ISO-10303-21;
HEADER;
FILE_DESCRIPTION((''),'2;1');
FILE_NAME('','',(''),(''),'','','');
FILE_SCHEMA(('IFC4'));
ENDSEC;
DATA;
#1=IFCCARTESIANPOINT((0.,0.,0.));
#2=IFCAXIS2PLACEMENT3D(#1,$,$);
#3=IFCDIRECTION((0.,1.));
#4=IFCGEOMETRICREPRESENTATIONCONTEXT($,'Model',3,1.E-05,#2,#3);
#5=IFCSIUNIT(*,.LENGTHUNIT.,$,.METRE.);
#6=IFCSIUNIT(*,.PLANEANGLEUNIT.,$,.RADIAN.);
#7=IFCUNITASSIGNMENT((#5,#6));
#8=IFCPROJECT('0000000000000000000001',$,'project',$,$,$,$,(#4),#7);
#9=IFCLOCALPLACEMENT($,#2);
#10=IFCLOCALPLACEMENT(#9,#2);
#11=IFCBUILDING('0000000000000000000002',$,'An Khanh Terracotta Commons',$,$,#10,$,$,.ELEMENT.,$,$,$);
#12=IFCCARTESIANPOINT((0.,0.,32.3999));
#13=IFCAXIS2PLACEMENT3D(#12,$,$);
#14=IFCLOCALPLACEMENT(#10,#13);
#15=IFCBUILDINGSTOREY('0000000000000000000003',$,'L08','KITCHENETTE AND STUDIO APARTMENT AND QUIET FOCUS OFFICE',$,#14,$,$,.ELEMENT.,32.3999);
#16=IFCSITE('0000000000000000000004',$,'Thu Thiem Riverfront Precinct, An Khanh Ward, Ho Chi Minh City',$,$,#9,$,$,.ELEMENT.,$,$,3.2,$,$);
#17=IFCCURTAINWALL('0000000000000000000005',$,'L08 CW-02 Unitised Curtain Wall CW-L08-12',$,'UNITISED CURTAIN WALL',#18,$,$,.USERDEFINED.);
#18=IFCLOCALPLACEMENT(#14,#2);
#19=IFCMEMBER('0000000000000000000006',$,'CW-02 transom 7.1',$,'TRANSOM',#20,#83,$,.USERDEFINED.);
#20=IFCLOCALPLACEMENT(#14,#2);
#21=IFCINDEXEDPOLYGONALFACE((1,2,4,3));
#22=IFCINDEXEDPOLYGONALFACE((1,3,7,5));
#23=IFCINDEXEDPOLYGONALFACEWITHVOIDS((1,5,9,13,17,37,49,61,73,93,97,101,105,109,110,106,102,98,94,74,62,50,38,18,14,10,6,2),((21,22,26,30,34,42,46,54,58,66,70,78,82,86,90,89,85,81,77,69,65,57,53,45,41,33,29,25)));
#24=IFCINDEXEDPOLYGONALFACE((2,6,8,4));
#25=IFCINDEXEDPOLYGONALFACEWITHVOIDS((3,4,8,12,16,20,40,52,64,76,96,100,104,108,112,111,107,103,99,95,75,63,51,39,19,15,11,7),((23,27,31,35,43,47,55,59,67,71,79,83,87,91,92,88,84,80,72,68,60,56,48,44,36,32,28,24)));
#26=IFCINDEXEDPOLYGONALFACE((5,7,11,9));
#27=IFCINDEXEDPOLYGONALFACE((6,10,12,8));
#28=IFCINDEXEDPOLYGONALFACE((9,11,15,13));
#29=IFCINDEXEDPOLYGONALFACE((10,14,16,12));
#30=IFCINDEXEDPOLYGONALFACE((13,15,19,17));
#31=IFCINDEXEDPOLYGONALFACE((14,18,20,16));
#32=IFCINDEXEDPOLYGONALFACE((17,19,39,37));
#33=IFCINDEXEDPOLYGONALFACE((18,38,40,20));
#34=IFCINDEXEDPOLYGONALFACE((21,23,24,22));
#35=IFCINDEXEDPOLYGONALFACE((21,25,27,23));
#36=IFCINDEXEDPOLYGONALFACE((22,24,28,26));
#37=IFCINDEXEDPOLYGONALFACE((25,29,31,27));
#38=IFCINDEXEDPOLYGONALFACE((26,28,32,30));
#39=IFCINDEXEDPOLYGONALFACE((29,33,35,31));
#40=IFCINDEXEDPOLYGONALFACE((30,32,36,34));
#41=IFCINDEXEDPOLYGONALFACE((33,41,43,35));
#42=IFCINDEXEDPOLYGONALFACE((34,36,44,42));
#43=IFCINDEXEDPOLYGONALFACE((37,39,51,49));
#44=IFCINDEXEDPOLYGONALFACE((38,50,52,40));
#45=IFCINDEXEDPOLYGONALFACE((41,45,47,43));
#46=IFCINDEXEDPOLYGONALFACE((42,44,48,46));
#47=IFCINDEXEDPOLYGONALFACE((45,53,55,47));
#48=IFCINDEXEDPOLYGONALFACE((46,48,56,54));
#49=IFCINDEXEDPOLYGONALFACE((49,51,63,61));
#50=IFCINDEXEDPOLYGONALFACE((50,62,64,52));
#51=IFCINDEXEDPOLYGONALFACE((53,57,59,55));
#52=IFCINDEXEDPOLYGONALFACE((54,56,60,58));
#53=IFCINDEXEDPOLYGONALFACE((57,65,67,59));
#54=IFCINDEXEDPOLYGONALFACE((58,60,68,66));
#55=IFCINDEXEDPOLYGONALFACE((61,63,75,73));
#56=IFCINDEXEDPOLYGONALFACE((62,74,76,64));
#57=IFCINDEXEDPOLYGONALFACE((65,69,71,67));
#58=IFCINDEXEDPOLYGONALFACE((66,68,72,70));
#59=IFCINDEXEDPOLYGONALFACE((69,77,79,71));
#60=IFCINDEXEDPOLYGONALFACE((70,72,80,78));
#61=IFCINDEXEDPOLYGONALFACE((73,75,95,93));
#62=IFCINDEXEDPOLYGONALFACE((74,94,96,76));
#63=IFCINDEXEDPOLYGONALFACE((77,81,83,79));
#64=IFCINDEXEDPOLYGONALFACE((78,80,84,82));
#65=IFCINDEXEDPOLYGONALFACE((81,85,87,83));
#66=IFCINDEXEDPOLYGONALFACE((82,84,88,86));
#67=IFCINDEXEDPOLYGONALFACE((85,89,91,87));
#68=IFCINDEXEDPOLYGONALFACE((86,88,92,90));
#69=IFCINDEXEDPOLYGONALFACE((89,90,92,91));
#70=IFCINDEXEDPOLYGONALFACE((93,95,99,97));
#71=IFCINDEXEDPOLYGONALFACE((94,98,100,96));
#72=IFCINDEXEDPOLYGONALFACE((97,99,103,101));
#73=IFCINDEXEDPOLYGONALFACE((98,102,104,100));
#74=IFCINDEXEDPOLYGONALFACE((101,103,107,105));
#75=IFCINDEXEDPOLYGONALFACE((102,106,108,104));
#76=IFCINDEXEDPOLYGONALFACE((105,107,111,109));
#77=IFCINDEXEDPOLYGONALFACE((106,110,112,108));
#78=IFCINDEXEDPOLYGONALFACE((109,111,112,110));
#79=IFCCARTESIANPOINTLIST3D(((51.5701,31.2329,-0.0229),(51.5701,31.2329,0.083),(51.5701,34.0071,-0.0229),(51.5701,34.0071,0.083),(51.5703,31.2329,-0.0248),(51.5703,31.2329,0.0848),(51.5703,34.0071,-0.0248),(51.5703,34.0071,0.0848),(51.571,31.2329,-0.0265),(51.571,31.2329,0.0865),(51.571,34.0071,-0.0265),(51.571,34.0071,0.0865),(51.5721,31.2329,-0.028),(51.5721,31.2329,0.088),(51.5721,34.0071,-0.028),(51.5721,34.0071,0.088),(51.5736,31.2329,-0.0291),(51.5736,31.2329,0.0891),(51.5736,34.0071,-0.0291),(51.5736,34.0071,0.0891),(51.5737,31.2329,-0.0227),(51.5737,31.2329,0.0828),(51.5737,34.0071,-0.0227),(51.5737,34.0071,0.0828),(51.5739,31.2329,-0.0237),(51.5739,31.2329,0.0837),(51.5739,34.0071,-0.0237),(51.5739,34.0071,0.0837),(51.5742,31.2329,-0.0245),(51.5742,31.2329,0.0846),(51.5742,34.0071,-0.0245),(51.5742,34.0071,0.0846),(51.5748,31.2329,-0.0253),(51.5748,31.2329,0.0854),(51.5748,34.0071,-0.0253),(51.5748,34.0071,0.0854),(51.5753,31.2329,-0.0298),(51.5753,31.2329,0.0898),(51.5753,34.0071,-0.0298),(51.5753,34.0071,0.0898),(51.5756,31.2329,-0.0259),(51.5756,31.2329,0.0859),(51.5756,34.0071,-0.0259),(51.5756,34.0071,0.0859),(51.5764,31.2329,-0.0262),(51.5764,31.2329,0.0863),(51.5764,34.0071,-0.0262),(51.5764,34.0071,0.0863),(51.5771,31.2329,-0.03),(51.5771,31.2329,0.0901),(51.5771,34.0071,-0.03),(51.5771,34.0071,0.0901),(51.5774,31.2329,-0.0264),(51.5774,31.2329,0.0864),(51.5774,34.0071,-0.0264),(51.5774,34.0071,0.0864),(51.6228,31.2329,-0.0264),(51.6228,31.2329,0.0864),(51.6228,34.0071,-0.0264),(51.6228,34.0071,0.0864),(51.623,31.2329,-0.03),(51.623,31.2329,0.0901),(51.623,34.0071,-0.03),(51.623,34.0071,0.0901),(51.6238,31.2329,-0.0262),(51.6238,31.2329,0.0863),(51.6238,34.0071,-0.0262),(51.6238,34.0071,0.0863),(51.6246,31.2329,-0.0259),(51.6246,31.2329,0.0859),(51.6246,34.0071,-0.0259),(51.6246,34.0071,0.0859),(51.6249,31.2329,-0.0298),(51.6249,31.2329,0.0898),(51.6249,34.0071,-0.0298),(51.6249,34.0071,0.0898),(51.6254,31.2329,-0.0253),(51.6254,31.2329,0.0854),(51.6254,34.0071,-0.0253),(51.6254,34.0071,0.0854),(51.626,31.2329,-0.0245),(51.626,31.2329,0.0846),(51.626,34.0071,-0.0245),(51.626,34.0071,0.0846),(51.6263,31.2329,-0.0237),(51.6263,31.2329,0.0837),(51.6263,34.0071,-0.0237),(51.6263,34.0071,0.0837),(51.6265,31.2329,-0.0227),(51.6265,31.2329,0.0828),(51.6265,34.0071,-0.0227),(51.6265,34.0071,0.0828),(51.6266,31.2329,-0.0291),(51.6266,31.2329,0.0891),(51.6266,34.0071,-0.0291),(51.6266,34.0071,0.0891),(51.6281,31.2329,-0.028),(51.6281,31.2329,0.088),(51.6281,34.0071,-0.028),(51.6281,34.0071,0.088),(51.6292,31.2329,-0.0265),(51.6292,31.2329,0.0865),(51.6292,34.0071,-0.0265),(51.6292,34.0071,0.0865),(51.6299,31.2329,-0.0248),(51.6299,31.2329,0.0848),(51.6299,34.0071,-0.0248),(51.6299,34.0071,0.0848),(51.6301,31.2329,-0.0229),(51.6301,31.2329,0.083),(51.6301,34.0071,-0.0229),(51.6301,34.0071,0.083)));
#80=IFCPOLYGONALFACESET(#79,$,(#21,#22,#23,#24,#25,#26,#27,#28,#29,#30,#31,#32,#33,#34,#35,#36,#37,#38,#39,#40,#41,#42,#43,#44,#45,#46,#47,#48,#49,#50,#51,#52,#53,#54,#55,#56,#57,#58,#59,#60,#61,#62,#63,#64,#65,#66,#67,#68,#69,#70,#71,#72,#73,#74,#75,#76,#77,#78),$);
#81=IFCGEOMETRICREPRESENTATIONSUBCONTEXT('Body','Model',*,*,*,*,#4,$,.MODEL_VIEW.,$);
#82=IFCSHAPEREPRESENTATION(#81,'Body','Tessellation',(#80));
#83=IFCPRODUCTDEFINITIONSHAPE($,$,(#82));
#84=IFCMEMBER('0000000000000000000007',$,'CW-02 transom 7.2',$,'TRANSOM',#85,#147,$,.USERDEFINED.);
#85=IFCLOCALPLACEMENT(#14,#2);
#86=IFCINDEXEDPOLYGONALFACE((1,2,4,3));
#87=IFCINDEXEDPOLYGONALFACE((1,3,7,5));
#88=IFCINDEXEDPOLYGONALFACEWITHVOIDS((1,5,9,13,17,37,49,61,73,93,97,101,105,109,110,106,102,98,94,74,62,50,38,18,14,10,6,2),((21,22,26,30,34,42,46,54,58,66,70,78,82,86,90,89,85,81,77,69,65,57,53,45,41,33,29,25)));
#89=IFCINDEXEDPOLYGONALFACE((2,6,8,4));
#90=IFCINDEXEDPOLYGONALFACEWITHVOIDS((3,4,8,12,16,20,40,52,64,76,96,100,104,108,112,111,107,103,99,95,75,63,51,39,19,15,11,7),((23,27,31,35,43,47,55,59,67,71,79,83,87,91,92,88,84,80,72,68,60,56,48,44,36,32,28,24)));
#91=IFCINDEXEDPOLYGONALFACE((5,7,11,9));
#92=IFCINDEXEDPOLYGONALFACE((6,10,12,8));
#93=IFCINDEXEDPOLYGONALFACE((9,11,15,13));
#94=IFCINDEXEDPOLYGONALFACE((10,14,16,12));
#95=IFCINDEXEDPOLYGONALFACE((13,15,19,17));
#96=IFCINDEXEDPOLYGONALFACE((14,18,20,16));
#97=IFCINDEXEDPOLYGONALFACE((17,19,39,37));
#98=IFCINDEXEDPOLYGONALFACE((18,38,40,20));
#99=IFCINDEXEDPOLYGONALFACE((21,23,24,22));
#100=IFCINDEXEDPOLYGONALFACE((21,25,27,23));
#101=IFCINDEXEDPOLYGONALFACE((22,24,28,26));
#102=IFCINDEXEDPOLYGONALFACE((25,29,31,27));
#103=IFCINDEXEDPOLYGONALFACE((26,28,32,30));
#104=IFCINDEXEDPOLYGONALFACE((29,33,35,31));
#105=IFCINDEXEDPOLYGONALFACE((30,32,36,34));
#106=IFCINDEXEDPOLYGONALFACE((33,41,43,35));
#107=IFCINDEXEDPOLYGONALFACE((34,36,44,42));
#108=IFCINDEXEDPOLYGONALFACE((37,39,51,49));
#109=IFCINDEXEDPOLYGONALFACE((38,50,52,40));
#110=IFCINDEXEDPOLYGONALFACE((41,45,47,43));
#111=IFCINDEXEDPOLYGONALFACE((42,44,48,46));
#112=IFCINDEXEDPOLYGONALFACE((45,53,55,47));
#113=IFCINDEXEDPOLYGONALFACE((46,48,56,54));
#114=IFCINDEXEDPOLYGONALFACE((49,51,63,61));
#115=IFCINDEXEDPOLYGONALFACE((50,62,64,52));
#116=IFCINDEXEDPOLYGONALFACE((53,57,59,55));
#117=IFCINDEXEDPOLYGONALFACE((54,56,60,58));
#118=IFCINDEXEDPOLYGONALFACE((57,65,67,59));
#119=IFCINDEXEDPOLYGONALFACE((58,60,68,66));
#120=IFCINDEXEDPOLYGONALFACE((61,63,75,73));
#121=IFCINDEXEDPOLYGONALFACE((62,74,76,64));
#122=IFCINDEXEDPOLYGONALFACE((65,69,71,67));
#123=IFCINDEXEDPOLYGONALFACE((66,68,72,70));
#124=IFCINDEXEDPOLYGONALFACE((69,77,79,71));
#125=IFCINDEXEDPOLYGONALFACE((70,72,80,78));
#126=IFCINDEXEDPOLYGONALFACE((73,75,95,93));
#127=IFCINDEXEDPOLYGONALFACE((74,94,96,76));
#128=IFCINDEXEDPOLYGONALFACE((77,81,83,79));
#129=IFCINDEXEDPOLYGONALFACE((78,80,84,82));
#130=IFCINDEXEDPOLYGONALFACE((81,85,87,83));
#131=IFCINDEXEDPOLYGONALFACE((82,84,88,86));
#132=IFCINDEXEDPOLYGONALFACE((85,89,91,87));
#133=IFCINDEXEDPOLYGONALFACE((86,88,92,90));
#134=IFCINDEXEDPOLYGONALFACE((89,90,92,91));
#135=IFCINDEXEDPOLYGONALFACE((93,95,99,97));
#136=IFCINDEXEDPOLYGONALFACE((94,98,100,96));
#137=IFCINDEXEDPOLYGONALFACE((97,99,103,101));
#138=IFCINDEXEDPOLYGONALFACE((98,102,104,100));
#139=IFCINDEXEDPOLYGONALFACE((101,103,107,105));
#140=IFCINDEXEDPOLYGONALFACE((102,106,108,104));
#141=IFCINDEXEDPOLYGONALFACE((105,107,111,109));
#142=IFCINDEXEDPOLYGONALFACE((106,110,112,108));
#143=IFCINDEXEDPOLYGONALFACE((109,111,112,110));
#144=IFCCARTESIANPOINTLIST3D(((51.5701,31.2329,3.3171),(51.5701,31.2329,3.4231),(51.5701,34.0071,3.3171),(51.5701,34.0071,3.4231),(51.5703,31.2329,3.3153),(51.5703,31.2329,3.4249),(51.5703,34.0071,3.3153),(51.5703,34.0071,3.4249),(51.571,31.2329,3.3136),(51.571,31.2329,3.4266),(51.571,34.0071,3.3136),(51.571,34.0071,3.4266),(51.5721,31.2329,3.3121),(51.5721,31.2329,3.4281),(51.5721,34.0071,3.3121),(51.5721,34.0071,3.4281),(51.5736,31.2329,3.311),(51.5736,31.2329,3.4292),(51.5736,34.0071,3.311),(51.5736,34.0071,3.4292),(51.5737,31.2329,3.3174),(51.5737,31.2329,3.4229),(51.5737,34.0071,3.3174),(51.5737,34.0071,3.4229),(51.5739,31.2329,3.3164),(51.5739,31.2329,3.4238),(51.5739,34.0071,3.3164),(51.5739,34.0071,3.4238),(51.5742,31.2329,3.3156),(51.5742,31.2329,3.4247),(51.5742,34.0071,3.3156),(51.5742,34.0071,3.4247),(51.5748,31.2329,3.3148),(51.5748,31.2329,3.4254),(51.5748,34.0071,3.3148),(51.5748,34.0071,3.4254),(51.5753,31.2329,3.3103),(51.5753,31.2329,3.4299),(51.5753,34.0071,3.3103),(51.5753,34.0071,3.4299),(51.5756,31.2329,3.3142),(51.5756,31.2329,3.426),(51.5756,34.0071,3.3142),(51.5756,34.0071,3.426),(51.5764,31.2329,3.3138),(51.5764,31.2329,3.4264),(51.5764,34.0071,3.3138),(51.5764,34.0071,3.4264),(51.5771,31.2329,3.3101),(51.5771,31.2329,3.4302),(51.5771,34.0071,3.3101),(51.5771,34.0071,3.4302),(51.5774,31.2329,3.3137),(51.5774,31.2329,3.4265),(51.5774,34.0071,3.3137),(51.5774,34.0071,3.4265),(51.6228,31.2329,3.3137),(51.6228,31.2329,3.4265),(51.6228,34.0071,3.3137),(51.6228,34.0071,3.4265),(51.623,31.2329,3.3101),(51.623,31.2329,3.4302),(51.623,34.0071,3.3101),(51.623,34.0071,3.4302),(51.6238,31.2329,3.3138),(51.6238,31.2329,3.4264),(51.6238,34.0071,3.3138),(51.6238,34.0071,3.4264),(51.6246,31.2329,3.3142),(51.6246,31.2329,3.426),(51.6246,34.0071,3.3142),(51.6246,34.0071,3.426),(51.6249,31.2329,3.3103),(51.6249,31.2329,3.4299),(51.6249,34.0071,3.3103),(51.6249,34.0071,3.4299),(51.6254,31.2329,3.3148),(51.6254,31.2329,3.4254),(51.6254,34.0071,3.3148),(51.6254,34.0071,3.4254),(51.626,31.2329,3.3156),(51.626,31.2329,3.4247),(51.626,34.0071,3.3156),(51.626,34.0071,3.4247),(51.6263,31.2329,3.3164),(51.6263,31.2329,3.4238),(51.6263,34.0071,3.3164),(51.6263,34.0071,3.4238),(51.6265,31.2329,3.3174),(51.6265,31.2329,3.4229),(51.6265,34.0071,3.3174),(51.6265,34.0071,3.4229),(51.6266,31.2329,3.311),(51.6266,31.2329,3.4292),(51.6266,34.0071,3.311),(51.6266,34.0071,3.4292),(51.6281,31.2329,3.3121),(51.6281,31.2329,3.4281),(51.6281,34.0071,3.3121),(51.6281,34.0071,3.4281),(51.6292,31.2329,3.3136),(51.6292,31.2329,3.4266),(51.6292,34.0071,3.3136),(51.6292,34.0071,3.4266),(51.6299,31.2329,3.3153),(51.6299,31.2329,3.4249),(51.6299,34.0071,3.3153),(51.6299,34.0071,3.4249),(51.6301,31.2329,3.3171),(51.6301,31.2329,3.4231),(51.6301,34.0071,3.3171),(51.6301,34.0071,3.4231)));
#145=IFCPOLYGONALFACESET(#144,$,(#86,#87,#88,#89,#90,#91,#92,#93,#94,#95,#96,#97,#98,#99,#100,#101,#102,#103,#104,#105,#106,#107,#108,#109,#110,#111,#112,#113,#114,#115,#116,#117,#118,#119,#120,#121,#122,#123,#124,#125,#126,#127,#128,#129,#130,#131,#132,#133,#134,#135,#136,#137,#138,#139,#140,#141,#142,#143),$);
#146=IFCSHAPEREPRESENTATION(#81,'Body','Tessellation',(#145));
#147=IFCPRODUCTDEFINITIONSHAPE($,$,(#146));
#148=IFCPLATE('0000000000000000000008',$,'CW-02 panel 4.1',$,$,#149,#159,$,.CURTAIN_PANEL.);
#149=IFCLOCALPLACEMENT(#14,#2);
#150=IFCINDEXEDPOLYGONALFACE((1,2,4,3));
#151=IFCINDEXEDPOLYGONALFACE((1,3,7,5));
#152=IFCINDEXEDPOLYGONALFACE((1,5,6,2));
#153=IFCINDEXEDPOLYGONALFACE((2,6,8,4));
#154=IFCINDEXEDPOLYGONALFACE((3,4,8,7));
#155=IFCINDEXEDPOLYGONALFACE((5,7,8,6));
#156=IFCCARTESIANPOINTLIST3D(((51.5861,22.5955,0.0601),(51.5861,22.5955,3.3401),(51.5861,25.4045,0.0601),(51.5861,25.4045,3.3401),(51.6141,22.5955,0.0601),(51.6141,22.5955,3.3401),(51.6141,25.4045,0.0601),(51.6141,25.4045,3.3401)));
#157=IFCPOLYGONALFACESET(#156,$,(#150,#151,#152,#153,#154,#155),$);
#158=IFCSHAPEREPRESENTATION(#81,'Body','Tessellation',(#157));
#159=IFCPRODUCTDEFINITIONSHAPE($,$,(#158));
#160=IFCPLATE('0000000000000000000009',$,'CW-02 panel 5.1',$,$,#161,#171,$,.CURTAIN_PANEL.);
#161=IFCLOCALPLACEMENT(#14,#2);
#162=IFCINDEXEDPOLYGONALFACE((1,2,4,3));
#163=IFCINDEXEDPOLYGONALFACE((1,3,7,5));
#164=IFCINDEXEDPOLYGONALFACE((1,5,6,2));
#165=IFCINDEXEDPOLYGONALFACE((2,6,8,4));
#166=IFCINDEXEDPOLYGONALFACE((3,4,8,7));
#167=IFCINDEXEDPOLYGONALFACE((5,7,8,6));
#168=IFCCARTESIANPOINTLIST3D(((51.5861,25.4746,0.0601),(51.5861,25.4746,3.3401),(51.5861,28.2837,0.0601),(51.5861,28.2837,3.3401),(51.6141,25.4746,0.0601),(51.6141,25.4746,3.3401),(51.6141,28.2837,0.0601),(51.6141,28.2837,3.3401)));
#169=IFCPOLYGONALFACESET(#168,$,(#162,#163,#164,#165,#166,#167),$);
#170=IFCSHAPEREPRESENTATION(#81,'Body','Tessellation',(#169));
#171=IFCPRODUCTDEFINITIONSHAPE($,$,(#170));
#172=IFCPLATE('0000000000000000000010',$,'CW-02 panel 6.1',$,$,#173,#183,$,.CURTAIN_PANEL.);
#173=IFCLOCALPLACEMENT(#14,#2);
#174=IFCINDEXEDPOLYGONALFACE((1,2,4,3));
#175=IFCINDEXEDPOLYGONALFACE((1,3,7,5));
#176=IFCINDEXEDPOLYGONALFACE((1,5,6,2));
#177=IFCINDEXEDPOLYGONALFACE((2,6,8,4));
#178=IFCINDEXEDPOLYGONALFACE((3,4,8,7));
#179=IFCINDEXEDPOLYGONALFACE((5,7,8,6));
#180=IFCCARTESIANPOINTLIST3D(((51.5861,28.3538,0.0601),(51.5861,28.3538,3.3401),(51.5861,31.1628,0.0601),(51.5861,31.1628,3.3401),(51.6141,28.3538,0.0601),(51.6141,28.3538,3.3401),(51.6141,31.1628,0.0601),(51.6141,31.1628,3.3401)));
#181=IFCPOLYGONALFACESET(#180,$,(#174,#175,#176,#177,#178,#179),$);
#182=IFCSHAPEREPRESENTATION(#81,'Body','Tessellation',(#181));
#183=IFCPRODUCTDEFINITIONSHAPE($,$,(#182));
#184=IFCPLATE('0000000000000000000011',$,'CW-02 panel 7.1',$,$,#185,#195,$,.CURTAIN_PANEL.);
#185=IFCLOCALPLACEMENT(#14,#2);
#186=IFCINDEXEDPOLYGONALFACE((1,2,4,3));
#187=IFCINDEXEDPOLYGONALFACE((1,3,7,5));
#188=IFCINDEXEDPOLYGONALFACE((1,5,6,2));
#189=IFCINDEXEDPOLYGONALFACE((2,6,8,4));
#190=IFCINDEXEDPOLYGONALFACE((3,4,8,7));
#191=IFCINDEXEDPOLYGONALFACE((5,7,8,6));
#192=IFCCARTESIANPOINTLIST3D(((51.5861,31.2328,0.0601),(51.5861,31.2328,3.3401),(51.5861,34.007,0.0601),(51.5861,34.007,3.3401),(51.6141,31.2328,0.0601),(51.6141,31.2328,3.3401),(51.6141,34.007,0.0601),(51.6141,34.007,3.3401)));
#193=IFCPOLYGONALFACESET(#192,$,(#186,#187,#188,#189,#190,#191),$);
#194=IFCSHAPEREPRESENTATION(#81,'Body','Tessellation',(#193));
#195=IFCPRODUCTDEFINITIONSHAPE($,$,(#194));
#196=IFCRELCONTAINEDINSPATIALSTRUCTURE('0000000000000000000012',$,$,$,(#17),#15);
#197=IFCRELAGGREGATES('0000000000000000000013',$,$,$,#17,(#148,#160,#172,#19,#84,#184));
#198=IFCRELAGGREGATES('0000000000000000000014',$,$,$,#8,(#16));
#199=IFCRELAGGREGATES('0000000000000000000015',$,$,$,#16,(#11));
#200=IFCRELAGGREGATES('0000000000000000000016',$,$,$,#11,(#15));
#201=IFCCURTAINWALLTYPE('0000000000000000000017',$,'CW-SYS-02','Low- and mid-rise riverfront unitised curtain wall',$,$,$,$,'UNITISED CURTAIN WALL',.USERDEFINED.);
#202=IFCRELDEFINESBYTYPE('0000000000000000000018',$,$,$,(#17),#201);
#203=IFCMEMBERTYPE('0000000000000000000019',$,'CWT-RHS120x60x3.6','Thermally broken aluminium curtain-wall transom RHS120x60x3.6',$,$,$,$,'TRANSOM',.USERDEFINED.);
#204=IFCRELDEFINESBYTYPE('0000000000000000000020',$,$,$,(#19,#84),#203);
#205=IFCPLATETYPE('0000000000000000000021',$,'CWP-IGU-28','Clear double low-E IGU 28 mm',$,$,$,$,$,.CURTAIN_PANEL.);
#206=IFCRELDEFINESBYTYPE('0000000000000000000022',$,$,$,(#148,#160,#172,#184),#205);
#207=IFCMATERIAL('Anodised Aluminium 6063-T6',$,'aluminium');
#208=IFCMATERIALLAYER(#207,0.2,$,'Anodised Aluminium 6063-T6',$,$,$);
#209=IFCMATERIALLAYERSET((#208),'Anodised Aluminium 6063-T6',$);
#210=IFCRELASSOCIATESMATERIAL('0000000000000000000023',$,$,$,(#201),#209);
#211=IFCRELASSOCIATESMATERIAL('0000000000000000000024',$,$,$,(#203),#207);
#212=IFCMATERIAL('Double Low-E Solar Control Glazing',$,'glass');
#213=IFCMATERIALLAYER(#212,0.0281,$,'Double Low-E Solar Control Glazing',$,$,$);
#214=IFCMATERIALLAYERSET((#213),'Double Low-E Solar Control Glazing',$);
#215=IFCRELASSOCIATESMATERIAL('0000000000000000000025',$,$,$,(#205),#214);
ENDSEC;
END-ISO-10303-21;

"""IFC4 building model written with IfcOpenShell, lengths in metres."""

from ifc_helpers import new_model, si_unit, direction, frame, origin, origin_2d, place, context, subcontext, project, spatial, rectangle, hollow_rectangle, extrude, material, layer, layer_set, material_profile, profile_set, type_object, element, aggregate, save


model = new_model("IFC4")

# Units and contexts
model_context = context("Model", 3, precision=1e-05, world=origin(), true_north=direction((0.0, 1.0)))
body_context = subcontext(model_context, "Body", "Model", "MODEL_VIEW")
ifc_project = project(units=[si_unit("LENGTHUNIT", "METRE"), si_unit("PLANEANGLEUNIT", "RADIAN")], contexts=[model_context])

# Site, building, storey
site_placement = place(None, origin())
site = spatial("IfcSite", under=ifc_project, at=site_placement, Name="Thu Thiem Riverfront Precinct, An Khanh Ward, Ho Chi Minh City", CompositionType="ELEMENT", RefElevation=3.2)
building_placement = place(site_placement, origin())
building = spatial("IfcBuilding", under=site, at=building_placement, Name="An Khanh Terracotta Commons", CompositionType="ELEMENT")
storey_placement = place(building_placement, frame((0.0, 0.0, 32.3999)))
storey = spatial("IfcBuildingStorey", under=building, at=storey_placement, Name="L08", Description="KITCHENETTE AND STUDIO APARTMENT AND QUIET FOCUS OFFICE", CompositionType="ELEMENT", Elevation=32.3999)

# Curtain wall, members, plates
ifc_material_1 = material(Name="Anodised Aluminium 6063-T6", Category="aluminium")
ifc_layer_1 = layer(ifc_material_1, 0.2, Name="Anodised Aluminium 6063-T6")
ifc_layer_set_1 = layer_set([ifc_layer_1], Name="Anodised Aluminium 6063-T6")
curtain_wall_type = type_object("IfcCurtainWallType", Name="CW-SYS-02", Description="Low- and mid-rise riverfront unitised curtain wall", ElementType="UNITISED CURTAIN WALL", PredefinedType="USERDEFINED", material=ifc_layer_set_1)
curtain_wall_placement = place(storey_placement, origin())
curtain_wall = element("IfcCurtainWall", 1, at=curtain_wall_placement, inside=storey, type_object=curtain_wall_type, Name="L08 CW-02 Unitised Curtain Wall CW-L08-12", ObjectType="UNITISED CURTAIN WALL", PredefinedType="USERDEFINED")
ifc_material_profile_1 = material_profile(ifc_material_1, hollow_rectangle(XDim=0.0601, YDim=0.1201, WallThickness=0.0037, InnerFilletRadius=0.0037, OuterFilletRadius=0.0071, at=origin_2d()), Name="RHS120x60x3.6")
ifc_profile_set_1 = profile_set([ifc_material_profile_1], Name="Anodised Aluminium 6063-T6")
member_type_1 = type_object("IfcMemberType", Name="CWT-RHS120x60x3.6", Description="Thermally broken aluminium curtain-wall transom RHS120x60x3.6", ElementType="TRANSOM", PredefinedType="USERDEFINED", material=ifc_profile_set_1)
member_1_placement = place(storey_placement, frame((51.6001, 31.2329, 0.03), z_axis=(0.0, 1.0, 0.0), x_axis=(-1.0, 0.0, 0.0)))
member_1 = element("IfcMember", 2, at=member_1_placement, type_object=member_type_1, Name="CW-02 transom 7.1", ObjectType="TRANSOM", PredefinedType="USERDEFINED", context=body_context, shape_type="SweptSolid", body=[
    extrude(hollow_rectangle(XDim=0.0601, YDim=0.1201, WallThickness=0.0037, InnerFilletRadius=0.0037, OuterFilletRadius=0.0071, at=origin_2d()), origin(), (0.0, 0.0, 1.0), 2.7742),
])
member_2_placement = place(storey_placement, frame((51.6001, 31.2329, 3.3701), z_axis=(0.0, 1.0, 0.0), x_axis=(-1.0, 0.0, 0.0)))
member_2 = element("IfcMember", 3, at=member_2_placement, type_object=member_type_1, Name="CW-02 transom 7.2", ObjectType="TRANSOM", PredefinedType="USERDEFINED", context=body_context, shape_type="SweptSolid", body=[
    extrude(hollow_rectangle(XDim=0.0601, YDim=0.1201, WallThickness=0.0037, InnerFilletRadius=0.0037, OuterFilletRadius=0.0071, at=origin_2d()), origin(), (0.0, 0.0, 1.0), 2.7742),
])
ifc_material_2 = material(Name="Double Low-E Solar Control Glazing", Category="glass")
ifc_layer_2 = layer(ifc_material_2, 0.0281, Name="Double Low-E Solar Control Glazing")
ifc_layer_set_2 = layer_set([ifc_layer_2], Name="Double Low-E Solar Control Glazing")
plate_type = type_object("IfcPlateType", Name="CWP-IGU-28", Description="Clear double low-E IGU 28 mm", PredefinedType="CURTAIN_PANEL", material=ifc_layer_set_2)
plate_1_placement = place(storey_placement, frame((51.6001, 24.0, 0.0601), z_axis=(0.0, 0.0, 1.0), x_axis=(0.0, 1.0, 0.0)))
plate_1 = element("IfcPlate", 4, at=plate_1_placement, type_object=plate_type, Name="CW-02 panel 4.1", PredefinedType="CURTAIN_PANEL", context=body_context, shape_type="SweptSolid", body=[
    extrude(rectangle(XDim=2.8091, YDim=0.0281, at=origin_2d()), origin(), (0.0, 0.0, 1.0), 3.28),
])
plate_2_placement = place(storey_placement, frame((51.6001, 26.8792, 0.0601), z_axis=(0.0, 0.0, 1.0), x_axis=(0.0, 1.0, 0.0)))
plate_2 = element("IfcPlate", 5, at=plate_2_placement, type_object=plate_type, Name="CW-02 panel 5.1", PredefinedType="CURTAIN_PANEL", context=body_context, shape_type="SweptSolid", body=[
    extrude(rectangle(XDim=2.8091, YDim=0.0281, at=origin_2d()), origin(), (0.0, 0.0, 1.0), 3.28),
])
plate_3_placement = place(storey_placement, frame((51.6001, 29.7583, 0.0601), z_axis=(0.0, 0.0, 1.0), x_axis=(0.0, 1.0, 0.0)))
plate_3 = element("IfcPlate", 6, at=plate_3_placement, type_object=plate_type, Name="CW-02 panel 6.1", PredefinedType="CURTAIN_PANEL", context=body_context, shape_type="SweptSolid", body=[
    extrude(rectangle(XDim=2.8091, YDim=0.0281, at=origin_2d()), origin(), (0.0, 0.0, 1.0), 3.28),
])
plate_4_placement = place(storey_placement, frame((51.6001, 32.6199, 0.0601), z_axis=(0.0, 0.0, 1.0), x_axis=(0.0, 1.0, 0.0)))
plate_4 = element("IfcPlate", 7, at=plate_4_placement, type_object=plate_type, Name="CW-02 panel 7.1", PredefinedType="CURTAIN_PANEL", context=body_context, shape_type="SweptSolid", body=[
    extrude(rectangle(XDim=2.7742, YDim=0.0281, at=origin_2d()), origin(), (0.0, 0.0, 1.0), 3.28),
])
aggregate(curtain_wall, [plate_1, plate_2, plate_3, member_1, member_2, plate_4])

save(model, "model.ifc")
